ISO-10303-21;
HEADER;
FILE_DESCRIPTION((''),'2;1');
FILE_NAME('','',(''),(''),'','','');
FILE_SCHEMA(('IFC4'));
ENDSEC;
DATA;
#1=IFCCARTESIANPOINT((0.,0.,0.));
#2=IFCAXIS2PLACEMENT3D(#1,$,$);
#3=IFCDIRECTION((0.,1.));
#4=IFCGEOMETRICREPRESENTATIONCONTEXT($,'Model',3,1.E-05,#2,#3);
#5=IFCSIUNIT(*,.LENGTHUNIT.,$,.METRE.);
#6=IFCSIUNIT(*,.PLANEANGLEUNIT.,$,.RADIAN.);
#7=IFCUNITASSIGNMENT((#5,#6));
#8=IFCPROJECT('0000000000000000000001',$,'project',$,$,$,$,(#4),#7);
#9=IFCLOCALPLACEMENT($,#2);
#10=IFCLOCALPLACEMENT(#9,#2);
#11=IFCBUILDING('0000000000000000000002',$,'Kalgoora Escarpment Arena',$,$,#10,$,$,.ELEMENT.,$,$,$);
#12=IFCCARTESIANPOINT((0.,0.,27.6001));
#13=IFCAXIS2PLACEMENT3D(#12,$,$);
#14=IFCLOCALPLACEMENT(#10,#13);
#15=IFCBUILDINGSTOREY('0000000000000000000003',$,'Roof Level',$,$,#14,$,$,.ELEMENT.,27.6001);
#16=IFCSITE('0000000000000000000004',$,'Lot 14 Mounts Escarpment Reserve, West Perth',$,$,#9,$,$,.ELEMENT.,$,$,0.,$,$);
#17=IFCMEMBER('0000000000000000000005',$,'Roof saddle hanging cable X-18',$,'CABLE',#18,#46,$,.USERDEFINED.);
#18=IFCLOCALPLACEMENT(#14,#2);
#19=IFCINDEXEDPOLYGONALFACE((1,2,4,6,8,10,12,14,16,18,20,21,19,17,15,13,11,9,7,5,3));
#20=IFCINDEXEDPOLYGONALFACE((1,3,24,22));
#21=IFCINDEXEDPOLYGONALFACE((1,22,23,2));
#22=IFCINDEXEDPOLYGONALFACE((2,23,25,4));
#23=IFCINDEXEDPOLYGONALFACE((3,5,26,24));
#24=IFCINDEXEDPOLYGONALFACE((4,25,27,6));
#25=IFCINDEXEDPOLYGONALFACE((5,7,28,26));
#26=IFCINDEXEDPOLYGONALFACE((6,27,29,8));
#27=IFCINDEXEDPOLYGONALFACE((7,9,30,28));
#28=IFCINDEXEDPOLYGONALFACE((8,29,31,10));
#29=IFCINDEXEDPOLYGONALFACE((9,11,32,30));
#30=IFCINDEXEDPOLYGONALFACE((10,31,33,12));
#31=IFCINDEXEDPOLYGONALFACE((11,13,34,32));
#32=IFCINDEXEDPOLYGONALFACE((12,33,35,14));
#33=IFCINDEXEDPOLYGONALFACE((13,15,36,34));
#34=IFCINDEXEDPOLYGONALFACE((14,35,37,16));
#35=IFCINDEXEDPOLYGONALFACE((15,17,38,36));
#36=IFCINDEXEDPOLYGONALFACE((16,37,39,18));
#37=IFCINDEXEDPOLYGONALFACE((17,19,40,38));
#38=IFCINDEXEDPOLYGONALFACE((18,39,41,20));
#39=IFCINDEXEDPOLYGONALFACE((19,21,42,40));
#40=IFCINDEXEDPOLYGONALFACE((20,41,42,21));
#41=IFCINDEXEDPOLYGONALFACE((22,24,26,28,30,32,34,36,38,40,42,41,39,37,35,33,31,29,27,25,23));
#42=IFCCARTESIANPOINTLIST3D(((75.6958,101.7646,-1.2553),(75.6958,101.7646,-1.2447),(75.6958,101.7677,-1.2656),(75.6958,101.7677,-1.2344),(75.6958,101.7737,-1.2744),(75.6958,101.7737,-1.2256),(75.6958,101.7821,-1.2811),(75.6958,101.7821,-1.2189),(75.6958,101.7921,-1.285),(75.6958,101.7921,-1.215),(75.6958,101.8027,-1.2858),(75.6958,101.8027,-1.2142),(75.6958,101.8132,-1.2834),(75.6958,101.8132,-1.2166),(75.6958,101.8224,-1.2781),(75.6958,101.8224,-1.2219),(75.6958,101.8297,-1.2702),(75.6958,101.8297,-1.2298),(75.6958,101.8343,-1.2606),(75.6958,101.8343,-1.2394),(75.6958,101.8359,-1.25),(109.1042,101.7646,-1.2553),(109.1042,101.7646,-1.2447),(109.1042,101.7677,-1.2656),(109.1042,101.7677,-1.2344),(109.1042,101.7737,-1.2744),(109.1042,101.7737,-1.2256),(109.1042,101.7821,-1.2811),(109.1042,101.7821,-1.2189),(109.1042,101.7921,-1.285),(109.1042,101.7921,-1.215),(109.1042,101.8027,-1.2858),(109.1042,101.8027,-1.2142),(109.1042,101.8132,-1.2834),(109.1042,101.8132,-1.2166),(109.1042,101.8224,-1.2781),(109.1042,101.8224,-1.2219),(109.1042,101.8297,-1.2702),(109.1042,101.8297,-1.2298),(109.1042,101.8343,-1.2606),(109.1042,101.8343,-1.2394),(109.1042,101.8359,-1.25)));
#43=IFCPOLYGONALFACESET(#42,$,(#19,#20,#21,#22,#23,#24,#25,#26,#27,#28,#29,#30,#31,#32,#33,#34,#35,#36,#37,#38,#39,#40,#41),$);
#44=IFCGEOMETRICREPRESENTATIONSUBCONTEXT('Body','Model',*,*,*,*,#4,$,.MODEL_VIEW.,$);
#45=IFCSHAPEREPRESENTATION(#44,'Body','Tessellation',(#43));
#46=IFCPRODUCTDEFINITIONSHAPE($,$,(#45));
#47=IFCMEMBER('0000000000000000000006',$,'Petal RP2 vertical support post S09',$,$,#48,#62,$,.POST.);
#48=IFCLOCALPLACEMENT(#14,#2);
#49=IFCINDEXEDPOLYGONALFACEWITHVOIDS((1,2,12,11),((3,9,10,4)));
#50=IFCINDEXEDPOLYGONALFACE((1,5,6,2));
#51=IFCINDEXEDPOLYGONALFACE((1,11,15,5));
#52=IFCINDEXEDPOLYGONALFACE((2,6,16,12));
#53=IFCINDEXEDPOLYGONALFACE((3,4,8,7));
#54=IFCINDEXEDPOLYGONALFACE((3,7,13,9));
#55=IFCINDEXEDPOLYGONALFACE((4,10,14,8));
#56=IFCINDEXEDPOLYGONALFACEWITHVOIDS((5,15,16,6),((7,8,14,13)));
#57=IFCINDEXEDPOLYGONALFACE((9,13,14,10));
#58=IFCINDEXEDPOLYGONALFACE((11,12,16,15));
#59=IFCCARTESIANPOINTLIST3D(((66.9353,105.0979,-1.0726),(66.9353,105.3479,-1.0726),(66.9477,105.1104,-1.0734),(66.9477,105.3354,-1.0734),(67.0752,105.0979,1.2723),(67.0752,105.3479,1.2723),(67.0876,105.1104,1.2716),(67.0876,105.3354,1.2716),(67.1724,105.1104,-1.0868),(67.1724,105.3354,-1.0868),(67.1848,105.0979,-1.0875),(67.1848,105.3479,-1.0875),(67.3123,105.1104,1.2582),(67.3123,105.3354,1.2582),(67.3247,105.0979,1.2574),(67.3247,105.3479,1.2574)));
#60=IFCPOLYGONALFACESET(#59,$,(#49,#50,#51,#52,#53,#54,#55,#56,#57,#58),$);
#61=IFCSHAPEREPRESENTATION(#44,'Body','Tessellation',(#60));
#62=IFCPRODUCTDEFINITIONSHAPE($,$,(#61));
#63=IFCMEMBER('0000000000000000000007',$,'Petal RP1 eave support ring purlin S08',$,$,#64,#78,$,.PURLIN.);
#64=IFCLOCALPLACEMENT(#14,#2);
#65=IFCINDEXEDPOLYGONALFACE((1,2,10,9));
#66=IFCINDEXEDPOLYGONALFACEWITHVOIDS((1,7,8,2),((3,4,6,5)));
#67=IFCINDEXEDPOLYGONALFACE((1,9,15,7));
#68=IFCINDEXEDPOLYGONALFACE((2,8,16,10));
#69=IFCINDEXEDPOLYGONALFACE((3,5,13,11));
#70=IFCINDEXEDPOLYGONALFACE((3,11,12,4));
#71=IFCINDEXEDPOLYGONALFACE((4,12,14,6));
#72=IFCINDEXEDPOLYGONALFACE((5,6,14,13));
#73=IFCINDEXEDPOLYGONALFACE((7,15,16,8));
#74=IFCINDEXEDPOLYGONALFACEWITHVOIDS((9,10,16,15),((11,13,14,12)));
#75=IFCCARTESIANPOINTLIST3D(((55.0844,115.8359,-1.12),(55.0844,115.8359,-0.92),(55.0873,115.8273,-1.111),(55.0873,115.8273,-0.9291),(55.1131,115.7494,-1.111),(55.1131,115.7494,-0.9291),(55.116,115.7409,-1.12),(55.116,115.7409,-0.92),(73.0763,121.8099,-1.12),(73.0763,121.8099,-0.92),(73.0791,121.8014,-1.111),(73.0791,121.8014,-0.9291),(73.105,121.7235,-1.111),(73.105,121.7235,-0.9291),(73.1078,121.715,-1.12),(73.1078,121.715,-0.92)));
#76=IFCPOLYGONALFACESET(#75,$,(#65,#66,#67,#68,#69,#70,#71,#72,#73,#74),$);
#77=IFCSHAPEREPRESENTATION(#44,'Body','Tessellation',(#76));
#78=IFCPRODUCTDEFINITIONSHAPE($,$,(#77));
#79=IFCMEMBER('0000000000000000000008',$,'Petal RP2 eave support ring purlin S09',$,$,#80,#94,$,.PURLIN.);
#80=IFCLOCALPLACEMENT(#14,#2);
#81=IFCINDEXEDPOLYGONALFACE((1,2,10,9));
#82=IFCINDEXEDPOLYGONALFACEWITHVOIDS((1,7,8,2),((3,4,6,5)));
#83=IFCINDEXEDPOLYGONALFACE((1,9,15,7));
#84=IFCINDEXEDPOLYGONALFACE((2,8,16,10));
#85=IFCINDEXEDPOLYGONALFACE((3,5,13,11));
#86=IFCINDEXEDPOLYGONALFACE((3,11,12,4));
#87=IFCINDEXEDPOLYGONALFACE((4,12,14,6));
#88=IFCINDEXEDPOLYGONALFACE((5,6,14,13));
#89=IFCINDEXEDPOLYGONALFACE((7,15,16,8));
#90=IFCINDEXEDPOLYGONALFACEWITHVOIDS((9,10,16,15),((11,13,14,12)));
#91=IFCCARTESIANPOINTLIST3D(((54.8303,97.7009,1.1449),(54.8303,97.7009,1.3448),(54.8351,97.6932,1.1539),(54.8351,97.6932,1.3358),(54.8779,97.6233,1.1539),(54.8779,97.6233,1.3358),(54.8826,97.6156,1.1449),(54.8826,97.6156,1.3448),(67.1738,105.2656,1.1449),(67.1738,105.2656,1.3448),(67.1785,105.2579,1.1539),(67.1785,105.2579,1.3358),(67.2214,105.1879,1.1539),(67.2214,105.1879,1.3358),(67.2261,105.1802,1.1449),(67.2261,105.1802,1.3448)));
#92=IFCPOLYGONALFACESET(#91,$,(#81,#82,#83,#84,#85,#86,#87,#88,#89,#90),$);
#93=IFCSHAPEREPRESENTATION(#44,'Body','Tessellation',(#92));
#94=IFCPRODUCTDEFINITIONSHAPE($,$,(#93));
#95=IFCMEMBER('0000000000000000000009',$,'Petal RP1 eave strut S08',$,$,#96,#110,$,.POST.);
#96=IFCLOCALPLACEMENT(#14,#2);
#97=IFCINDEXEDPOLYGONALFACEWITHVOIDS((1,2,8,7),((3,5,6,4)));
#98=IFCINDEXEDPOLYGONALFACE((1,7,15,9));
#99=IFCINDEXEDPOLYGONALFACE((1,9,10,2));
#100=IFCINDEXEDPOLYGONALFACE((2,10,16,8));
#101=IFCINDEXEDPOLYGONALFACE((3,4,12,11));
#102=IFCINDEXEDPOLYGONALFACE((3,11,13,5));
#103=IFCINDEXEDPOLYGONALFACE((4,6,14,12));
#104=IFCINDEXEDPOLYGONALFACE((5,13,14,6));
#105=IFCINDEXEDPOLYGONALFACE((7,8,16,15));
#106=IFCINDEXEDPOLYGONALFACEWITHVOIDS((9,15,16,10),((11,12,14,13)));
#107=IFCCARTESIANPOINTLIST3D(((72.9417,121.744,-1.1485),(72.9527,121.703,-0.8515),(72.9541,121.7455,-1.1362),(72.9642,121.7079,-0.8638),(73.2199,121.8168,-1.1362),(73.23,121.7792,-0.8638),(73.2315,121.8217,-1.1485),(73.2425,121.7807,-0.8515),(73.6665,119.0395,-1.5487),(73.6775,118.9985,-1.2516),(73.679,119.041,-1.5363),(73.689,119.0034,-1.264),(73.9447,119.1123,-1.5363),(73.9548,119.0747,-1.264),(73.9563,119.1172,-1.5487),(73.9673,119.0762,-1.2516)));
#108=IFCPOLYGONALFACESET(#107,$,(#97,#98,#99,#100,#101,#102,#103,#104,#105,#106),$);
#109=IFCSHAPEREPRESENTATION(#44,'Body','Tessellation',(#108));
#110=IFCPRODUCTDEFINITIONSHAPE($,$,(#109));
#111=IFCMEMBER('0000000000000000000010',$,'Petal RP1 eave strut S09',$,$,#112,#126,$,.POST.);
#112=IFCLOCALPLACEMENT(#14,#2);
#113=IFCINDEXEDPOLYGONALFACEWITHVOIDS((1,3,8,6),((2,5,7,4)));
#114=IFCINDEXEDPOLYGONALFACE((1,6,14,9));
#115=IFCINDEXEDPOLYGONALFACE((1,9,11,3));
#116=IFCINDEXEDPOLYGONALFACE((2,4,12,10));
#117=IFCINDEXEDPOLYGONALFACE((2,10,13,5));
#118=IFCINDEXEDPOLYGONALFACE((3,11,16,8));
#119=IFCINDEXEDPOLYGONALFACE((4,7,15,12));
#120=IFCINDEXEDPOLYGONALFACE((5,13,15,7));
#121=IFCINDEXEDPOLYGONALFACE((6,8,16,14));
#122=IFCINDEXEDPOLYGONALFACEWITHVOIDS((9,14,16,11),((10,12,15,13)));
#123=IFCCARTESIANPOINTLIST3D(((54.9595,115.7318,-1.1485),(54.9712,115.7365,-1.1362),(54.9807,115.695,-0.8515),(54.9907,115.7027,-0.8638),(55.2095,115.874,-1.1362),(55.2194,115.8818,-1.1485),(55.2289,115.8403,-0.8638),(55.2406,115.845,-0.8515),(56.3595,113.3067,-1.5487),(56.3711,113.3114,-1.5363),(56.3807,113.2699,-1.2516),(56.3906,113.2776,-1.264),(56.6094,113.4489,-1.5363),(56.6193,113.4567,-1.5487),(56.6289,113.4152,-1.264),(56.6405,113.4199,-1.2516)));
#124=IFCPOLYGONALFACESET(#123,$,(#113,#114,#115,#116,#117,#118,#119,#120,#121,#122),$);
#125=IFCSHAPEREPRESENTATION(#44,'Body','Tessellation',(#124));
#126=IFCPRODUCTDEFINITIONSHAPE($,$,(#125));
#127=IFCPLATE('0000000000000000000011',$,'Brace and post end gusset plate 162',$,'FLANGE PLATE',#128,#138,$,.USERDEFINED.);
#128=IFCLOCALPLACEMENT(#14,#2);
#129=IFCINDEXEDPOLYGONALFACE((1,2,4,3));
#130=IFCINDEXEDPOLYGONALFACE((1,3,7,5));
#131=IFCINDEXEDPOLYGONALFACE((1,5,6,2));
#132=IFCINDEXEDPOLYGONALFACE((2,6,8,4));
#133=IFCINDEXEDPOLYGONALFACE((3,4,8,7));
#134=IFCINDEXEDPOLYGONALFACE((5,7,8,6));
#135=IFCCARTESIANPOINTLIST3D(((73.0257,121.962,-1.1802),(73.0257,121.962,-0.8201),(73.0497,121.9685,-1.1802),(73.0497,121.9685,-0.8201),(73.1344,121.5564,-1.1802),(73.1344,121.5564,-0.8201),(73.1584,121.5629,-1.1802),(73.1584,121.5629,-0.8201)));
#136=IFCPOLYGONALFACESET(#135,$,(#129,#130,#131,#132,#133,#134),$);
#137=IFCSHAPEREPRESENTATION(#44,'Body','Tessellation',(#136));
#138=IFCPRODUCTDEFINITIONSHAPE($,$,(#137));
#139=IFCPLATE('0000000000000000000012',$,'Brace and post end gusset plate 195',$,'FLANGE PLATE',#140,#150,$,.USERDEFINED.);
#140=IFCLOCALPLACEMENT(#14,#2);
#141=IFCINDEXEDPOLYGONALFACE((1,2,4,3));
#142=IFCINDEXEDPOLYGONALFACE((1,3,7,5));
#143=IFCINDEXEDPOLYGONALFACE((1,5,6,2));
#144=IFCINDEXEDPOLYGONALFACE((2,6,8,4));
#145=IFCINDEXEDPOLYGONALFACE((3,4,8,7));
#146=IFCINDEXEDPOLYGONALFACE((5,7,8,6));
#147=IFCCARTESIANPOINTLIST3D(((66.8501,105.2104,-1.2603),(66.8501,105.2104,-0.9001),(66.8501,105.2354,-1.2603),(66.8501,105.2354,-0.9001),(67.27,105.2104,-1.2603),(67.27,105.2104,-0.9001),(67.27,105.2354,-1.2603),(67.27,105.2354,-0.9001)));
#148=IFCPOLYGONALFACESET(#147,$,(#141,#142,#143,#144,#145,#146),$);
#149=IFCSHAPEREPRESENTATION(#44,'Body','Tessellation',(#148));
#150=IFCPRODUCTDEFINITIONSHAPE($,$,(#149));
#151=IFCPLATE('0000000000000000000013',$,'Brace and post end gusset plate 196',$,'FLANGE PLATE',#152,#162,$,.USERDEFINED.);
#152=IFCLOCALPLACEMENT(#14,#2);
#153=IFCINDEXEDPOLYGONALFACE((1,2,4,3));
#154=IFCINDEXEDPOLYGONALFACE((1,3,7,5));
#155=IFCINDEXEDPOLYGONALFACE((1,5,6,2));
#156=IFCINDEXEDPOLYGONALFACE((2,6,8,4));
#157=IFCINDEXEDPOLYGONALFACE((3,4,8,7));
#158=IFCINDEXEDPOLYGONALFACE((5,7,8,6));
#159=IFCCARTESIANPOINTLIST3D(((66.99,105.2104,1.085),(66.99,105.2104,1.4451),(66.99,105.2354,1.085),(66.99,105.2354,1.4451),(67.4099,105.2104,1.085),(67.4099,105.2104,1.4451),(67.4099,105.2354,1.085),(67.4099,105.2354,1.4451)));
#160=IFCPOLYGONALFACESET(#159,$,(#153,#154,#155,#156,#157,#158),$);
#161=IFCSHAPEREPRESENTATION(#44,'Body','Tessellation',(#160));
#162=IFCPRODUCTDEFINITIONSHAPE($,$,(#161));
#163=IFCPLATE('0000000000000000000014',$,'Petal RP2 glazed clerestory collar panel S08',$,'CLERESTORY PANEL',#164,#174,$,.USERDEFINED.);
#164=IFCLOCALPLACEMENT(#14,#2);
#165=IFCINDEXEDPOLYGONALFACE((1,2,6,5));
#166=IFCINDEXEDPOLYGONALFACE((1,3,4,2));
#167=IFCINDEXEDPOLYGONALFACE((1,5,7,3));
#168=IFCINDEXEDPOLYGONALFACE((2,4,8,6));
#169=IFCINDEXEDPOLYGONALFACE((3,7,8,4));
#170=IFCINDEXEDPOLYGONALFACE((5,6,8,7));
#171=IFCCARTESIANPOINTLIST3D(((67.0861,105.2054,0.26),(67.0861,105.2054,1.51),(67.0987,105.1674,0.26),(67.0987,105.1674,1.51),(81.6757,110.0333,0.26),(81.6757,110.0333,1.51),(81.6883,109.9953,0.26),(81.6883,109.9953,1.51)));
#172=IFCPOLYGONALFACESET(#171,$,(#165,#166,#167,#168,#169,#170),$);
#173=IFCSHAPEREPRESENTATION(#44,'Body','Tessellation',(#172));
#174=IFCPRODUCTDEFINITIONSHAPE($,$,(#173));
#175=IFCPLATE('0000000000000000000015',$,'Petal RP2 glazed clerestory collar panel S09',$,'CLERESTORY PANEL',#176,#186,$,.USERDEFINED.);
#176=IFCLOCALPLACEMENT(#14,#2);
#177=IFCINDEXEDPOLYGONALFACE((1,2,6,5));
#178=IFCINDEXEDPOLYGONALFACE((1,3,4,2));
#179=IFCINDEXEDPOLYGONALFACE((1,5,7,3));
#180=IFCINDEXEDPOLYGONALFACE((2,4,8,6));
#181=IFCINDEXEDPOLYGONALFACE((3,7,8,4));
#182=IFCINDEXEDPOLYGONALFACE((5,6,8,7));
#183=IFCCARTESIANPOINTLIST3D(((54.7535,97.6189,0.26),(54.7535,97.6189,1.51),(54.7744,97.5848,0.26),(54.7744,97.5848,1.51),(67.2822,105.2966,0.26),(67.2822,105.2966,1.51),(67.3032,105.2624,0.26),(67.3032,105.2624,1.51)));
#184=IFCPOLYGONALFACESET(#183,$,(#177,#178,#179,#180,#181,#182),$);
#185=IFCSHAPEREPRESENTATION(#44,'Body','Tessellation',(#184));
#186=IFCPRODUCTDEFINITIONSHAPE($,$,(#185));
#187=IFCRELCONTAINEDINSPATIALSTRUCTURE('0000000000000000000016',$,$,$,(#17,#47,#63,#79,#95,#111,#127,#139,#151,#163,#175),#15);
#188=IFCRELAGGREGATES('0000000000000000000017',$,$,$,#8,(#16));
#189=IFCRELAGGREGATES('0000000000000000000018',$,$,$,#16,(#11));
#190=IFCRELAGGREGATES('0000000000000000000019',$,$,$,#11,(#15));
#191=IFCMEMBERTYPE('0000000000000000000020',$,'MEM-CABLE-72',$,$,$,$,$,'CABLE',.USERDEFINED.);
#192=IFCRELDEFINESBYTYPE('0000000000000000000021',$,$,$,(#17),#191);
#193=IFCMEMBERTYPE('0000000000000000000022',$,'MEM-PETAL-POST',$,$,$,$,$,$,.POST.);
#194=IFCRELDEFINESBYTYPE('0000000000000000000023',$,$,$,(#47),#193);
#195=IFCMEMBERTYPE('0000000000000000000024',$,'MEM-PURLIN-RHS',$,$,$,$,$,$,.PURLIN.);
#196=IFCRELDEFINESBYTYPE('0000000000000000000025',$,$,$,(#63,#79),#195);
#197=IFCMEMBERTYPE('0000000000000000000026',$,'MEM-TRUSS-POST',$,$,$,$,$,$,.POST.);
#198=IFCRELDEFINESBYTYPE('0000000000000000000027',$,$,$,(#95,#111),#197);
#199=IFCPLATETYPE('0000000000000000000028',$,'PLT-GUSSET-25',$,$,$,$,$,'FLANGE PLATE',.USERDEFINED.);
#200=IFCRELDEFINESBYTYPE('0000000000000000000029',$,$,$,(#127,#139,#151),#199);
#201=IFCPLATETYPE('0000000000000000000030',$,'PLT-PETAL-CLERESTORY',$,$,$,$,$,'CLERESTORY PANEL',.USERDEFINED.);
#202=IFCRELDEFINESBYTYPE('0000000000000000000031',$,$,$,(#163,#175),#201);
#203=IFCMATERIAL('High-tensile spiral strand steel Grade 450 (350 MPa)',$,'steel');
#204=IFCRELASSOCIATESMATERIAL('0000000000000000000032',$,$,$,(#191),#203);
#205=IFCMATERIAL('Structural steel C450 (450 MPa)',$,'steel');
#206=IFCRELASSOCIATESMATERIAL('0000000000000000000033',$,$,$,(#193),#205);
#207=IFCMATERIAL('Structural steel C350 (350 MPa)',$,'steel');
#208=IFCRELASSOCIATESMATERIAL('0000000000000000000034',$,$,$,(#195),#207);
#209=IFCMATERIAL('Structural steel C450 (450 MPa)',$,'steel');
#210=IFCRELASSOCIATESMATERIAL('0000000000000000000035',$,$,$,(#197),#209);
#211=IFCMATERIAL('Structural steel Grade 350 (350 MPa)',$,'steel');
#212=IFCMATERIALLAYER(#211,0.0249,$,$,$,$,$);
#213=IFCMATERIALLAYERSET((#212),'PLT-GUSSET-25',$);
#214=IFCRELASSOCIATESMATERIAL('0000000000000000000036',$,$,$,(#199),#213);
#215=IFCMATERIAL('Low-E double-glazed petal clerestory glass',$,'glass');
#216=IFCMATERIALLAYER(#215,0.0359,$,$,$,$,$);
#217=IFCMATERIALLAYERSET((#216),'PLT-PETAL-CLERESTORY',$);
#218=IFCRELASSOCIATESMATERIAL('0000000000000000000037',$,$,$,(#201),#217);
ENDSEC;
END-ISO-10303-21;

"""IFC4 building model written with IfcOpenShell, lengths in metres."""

from ifc_helpers import new_model, si_unit, direction, frame, origin, origin_2d, place, context, subcontext, project, spatial, rectangle, hollow_rectangle, circle, extrude, material, layer, layer_set, material_profile, profile_set, type_object, element, save


model = new_model("IFC4")

# Units and contexts
model_context = context("Model", 3, precision=1e-05, world=origin(), true_north=direction((0.0, 1.0)))
body_context = subcontext(model_context, "Body", "Model", "MODEL_VIEW")
ifc_project = project(units=[si_unit("LENGTHUNIT", "METRE"), si_unit("PLANEANGLEUNIT", "RADIAN")], contexts=[model_context])

# Site, building, storey
site_placement = place(None, origin())
site = spatial("IfcSite", under=ifc_project, at=site_placement, Name="Lot 14 Mounts Escarpment Reserve, West Perth", CompositionType="ELEMENT", RefElevation=0.0)
building_placement = place(site_placement, origin())
building = spatial("IfcBuilding", under=site, at=building_placement, Name="Kalgoora Escarpment Arena", CompositionType="ELEMENT")
storey_placement = place(building_placement, frame((0.0, 0.0, 27.6001)))
storey = spatial("IfcBuildingStorey", under=building, at=storey_placement, Name="Roof Level", CompositionType="ELEMENT", Elevation=27.6001)

# Members
ifc_material_1 = material(Name="High-tensile spiral strand steel Grade 450 (350 MPa)", Category="steel")
ifc_material_profile_1 = material_profile(ifc_material_1, circle(Radius=0.0359, at=origin_2d()))
ifc_profile_set_1 = profile_set([ifc_material_profile_1], Name="High-tensile spiral strand steel Grade 450 (350 MPa)")
member_type_1 = type_object("IfcMemberType", Name="MEM-CABLE-72", ElementType="CABLE", PredefinedType="USERDEFINED", material=ifc_profile_set_1)
member_1_placement = place(storey_placement, frame((75.6958, 101.8, -1.25), z_axis=(1.0, 0.0, 0.0), x_axis=(0.0, 1.0, 0.0)))
element("IfcMember", 1, at=member_1_placement, inside=storey, type_object=member_type_1, Name="Roof saddle hanging cable X-18", ObjectType="CABLE", PredefinedType="USERDEFINED", context=body_context, shape_type="SweptSolid", body=[
    extrude(circle(Radius=0.0359, at=origin_2d()), origin(), (0.0, 0.0, 1.0), 33.4084),
])
ifc_material_2 = material(Name="Structural steel C450 (450 MPa)", Category="steel")
ifc_material_profile_2 = material_profile(ifc_material_2, hollow_rectangle(XDim=0.25, YDim=0.25, WallThickness=0.0125, at=origin_2d()))
ifc_profile_set_2 = profile_set([ifc_material_profile_2], Name="Structural steel C450 (450 MPa)")
member_type_2 = type_object("IfcMemberType", Name="MEM-PETAL-POST", PredefinedType="POST", material=ifc_profile_set_2)
member_2_placement = place(storey_placement, frame((67.0601, 105.2229, -1.0801), z_axis=(0.059551, 0.0, 0.998225), x_axis=(0.0, 1.0, 0.0)))
element("IfcMember", 2, at=member_2_placement, inside=storey, type_object=member_type_2, Name="Petal RP2 vertical support post S09", PredefinedType="POST", context=body_context, shape_type="SweptSolid", body=[
    extrude(hollow_rectangle(XDim=0.25, YDim=0.25, WallThickness=0.0125, at=origin_2d()), origin(), (0.0, 0.0, 1.0), 2.3491),
])
ifc_material_3 = material(Name="Structural steel C350 (350 MPa)", Category="steel")
ifc_material_profile_3 = material_profile(ifc_material_3, hollow_rectangle(XDim=0.1001, YDim=0.2, WallThickness=0.009, at=origin_2d()))
ifc_profile_set_3 = profile_set([ifc_material_profile_3], Name="Structural steel C350 (350 MPa)")
member_type_3 = type_object("IfcMemberType", Name="MEM-PURLIN-RHS", PredefinedType="PURLIN", material=ifc_profile_set_3)
member_3_placement = place(storey_placement, frame((73.092, 121.7625, -1.02), z_axis=(-0.94905, -0.315126, 0.0), x_axis=(0.315126, -0.94905, 0.0)))
element("IfcMember", 3, at=member_3_placement, inside=storey, type_object=member_type_3, Name="Petal RP1 eave support ring purlin S08", PredefinedType="PURLIN", context=body_context, shape_type="SweptSolid", body=[
    extrude(hollow_rectangle(XDim=0.1001, YDim=0.2, WallThickness=0.009, at=origin_2d()), origin(), (0.0, 0.0, 1.0), 18.9578),
])
member_4_placement = place(storey_placement, frame((67.2, 105.2229, 1.2449), z_axis=(-0.852622, -0.522528, 0.0), x_axis=(0.522528, -0.852622, 0.0)))
element("IfcMember", 4, at=member_4_placement, inside=storey, type_object=member_type_3, Name="Petal RP2 eave support ring purlin S09", PredefinedType="PURLIN", context=body_context, shape_type="SweptSolid", body=[
    extrude(hollow_rectangle(XDim=0.1001, YDim=0.2, WallThickness=0.009, at=origin_2d()), origin(), (0.0, 0.0, 1.0), 14.4771),
])
ifc_material_4 = material(Name="Structural steel C450 (450 MPa)", Category="steel")
ifc_material_profile_4 = material_profile(ifc_material_4, hollow_rectangle(XDim=0.3, YDim=0.3, WallThickness=0.0125, at=origin_2d()))
ifc_profile_set_4 = profile_set([ifc_material_profile_4], Name="Structural steel C450 (450 MPa)")
member_type_4 = type_object("IfcMemberType", Name="MEM-TRUSS-POST", PredefinedType="POST", material=ifc_profile_set_4)
member_5_placement = place(storey_placement, frame((73.8169, 119.0579, -1.4001), z_axis=(-0.256269, 0.956197, 0.14147), x_axis=(-0.965911, -0.258873, 0.0)))
element("IfcMember", 5, at=member_5_placement, inside=storey, type_object=member_type_4, Name="Petal RP1 eave strut S08", PredefinedType="POST", context=body_context, shape_type="SweptSolid", body=[
    extrude(hollow_rectangle(XDim=0.3, YDim=0.3, WallThickness=0.0125, at=origin_2d()), origin(), (0.0, 0.0, 1.0), 2.8284),
])
member_6_placement = place(storey_placement, frame((56.5, 113.3633, -1.4001), z_axis=(-0.494918, 0.857346, 0.141467), x_axis=(-0.866056, -0.499946, 0.0)))
element("IfcMember", 6, at=member_6_placement, inside=storey, type_object=member_type_4, Name="Petal RP1 eave strut S09", PredefinedType="POST", context=body_context, shape_type="SweptSolid", body=[
    extrude(hollow_rectangle(XDim=0.3, YDim=0.3, WallThickness=0.0125, at=origin_2d()), origin(), (0.0, 0.0, 1.0), 2.8286),
])

# Plates
ifc_material_5 = material(Name="Structural steel Grade 350 (350 MPa)", Category="steel")
ifc_layer_1 = layer(ifc_material_5, 0.0249)
ifc_layer_set_1 = layer_set([ifc_layer_1], Name="PLT-GUSSET-25")
plate_type_1 = type_object("IfcPlateType", Name="PLT-GUSSET-25", ElementType="FLANGE PLATE", PredefinedType="USERDEFINED", material=ifc_layer_set_1)
for number, where, z_axis, x_axis, name in (
    (7, (73.092, 121.7625, -1.1802), (0.0, 0.0, 1.0), (-0.258819, 0.965926, 0.0), "Brace and post end gusset plate 162"),
    (8, (67.0601, 105.2229, -1.2603), (0.0, 0.0, 1.0), (1.0, 0.0, 0.0), "Brace and post end gusset plate 195"),
    (9, (67.2, 105.2229, 1.085), (0.0, 0.0, 1.0), (1.0, 0.0, 0.0), "Brace and post end gusset plate 196"),
):
    element("IfcPlate", number, at=place(storey_placement, frame(where, z_axis=z_axis, x_axis=x_axis)), inside=storey, type_object=plate_type_1, Name=name, ObjectType="FLANGE PLATE", PredefinedType="USERDEFINED", context=body_context, shape_type="SweptSolid", body=[
        extrude(rectangle(XDim=0.4199, YDim=0.0249, at=origin_2d()), origin(), (0.0, 0.0, 1.0), 0.3601),
    ])
ifc_material_6 = material(Name="Low-E double-glazed petal clerestory glass", Category="glass")
ifc_layer_2 = layer(ifc_material_6, 0.0359)
ifc_layer_set_2 = layer_set([ifc_layer_2], Name="PLT-PETAL-CLERESTORY")
plate_type_2 = type_object("IfcPlateType", Name="PLT-PETAL-CLERESTORY", ElementType="CLERESTORY PANEL", PredefinedType="USERDEFINED", material=ifc_layer_set_2)
plate_1_placement = place(storey_placement, frame((74.3872, 107.6003, 0.26), z_axis=(0.0, 0.0, 1.0), x_axis=(-0.949371, -0.314158, 0.0)))
element("IfcPlate", 10, at=plate_1_placement, inside=storey, type_object=plate_type_2, Name="Petal RP2 glazed clerestory collar panel S08", ObjectType="CLERESTORY PANEL", PredefinedType="USERDEFINED", context=body_context, shape_type="SweptSolid", body=[
    extrude(rectangle(XDim=15.3677, YDim=0.04, at=origin_2d()), origin(), (0.0, 0.0, 1.0), 1.25),
])
plate_2_placement = place(storey_placement, frame((61.0283, 101.4407, 0.26), z_axis=(0.0, 0.0, 1.0), x_axis=(-0.85264, -0.522499, 0.0)))
element("IfcPlate", 11, at=plate_2_placement, inside=storey, type_object=plate_type_2, Name="Petal RP2 glazed clerestory collar panel S09", ObjectType="CLERESTORY PANEL", PredefinedType="USERDEFINED", context=body_context, shape_type="SweptSolid", body=[
    extrude(rectangle(XDim=14.6941, YDim=0.04, at=origin_2d()), origin(), (0.0, 0.0, 1.0), 1.25),
])

save(model, "model.ifc")
